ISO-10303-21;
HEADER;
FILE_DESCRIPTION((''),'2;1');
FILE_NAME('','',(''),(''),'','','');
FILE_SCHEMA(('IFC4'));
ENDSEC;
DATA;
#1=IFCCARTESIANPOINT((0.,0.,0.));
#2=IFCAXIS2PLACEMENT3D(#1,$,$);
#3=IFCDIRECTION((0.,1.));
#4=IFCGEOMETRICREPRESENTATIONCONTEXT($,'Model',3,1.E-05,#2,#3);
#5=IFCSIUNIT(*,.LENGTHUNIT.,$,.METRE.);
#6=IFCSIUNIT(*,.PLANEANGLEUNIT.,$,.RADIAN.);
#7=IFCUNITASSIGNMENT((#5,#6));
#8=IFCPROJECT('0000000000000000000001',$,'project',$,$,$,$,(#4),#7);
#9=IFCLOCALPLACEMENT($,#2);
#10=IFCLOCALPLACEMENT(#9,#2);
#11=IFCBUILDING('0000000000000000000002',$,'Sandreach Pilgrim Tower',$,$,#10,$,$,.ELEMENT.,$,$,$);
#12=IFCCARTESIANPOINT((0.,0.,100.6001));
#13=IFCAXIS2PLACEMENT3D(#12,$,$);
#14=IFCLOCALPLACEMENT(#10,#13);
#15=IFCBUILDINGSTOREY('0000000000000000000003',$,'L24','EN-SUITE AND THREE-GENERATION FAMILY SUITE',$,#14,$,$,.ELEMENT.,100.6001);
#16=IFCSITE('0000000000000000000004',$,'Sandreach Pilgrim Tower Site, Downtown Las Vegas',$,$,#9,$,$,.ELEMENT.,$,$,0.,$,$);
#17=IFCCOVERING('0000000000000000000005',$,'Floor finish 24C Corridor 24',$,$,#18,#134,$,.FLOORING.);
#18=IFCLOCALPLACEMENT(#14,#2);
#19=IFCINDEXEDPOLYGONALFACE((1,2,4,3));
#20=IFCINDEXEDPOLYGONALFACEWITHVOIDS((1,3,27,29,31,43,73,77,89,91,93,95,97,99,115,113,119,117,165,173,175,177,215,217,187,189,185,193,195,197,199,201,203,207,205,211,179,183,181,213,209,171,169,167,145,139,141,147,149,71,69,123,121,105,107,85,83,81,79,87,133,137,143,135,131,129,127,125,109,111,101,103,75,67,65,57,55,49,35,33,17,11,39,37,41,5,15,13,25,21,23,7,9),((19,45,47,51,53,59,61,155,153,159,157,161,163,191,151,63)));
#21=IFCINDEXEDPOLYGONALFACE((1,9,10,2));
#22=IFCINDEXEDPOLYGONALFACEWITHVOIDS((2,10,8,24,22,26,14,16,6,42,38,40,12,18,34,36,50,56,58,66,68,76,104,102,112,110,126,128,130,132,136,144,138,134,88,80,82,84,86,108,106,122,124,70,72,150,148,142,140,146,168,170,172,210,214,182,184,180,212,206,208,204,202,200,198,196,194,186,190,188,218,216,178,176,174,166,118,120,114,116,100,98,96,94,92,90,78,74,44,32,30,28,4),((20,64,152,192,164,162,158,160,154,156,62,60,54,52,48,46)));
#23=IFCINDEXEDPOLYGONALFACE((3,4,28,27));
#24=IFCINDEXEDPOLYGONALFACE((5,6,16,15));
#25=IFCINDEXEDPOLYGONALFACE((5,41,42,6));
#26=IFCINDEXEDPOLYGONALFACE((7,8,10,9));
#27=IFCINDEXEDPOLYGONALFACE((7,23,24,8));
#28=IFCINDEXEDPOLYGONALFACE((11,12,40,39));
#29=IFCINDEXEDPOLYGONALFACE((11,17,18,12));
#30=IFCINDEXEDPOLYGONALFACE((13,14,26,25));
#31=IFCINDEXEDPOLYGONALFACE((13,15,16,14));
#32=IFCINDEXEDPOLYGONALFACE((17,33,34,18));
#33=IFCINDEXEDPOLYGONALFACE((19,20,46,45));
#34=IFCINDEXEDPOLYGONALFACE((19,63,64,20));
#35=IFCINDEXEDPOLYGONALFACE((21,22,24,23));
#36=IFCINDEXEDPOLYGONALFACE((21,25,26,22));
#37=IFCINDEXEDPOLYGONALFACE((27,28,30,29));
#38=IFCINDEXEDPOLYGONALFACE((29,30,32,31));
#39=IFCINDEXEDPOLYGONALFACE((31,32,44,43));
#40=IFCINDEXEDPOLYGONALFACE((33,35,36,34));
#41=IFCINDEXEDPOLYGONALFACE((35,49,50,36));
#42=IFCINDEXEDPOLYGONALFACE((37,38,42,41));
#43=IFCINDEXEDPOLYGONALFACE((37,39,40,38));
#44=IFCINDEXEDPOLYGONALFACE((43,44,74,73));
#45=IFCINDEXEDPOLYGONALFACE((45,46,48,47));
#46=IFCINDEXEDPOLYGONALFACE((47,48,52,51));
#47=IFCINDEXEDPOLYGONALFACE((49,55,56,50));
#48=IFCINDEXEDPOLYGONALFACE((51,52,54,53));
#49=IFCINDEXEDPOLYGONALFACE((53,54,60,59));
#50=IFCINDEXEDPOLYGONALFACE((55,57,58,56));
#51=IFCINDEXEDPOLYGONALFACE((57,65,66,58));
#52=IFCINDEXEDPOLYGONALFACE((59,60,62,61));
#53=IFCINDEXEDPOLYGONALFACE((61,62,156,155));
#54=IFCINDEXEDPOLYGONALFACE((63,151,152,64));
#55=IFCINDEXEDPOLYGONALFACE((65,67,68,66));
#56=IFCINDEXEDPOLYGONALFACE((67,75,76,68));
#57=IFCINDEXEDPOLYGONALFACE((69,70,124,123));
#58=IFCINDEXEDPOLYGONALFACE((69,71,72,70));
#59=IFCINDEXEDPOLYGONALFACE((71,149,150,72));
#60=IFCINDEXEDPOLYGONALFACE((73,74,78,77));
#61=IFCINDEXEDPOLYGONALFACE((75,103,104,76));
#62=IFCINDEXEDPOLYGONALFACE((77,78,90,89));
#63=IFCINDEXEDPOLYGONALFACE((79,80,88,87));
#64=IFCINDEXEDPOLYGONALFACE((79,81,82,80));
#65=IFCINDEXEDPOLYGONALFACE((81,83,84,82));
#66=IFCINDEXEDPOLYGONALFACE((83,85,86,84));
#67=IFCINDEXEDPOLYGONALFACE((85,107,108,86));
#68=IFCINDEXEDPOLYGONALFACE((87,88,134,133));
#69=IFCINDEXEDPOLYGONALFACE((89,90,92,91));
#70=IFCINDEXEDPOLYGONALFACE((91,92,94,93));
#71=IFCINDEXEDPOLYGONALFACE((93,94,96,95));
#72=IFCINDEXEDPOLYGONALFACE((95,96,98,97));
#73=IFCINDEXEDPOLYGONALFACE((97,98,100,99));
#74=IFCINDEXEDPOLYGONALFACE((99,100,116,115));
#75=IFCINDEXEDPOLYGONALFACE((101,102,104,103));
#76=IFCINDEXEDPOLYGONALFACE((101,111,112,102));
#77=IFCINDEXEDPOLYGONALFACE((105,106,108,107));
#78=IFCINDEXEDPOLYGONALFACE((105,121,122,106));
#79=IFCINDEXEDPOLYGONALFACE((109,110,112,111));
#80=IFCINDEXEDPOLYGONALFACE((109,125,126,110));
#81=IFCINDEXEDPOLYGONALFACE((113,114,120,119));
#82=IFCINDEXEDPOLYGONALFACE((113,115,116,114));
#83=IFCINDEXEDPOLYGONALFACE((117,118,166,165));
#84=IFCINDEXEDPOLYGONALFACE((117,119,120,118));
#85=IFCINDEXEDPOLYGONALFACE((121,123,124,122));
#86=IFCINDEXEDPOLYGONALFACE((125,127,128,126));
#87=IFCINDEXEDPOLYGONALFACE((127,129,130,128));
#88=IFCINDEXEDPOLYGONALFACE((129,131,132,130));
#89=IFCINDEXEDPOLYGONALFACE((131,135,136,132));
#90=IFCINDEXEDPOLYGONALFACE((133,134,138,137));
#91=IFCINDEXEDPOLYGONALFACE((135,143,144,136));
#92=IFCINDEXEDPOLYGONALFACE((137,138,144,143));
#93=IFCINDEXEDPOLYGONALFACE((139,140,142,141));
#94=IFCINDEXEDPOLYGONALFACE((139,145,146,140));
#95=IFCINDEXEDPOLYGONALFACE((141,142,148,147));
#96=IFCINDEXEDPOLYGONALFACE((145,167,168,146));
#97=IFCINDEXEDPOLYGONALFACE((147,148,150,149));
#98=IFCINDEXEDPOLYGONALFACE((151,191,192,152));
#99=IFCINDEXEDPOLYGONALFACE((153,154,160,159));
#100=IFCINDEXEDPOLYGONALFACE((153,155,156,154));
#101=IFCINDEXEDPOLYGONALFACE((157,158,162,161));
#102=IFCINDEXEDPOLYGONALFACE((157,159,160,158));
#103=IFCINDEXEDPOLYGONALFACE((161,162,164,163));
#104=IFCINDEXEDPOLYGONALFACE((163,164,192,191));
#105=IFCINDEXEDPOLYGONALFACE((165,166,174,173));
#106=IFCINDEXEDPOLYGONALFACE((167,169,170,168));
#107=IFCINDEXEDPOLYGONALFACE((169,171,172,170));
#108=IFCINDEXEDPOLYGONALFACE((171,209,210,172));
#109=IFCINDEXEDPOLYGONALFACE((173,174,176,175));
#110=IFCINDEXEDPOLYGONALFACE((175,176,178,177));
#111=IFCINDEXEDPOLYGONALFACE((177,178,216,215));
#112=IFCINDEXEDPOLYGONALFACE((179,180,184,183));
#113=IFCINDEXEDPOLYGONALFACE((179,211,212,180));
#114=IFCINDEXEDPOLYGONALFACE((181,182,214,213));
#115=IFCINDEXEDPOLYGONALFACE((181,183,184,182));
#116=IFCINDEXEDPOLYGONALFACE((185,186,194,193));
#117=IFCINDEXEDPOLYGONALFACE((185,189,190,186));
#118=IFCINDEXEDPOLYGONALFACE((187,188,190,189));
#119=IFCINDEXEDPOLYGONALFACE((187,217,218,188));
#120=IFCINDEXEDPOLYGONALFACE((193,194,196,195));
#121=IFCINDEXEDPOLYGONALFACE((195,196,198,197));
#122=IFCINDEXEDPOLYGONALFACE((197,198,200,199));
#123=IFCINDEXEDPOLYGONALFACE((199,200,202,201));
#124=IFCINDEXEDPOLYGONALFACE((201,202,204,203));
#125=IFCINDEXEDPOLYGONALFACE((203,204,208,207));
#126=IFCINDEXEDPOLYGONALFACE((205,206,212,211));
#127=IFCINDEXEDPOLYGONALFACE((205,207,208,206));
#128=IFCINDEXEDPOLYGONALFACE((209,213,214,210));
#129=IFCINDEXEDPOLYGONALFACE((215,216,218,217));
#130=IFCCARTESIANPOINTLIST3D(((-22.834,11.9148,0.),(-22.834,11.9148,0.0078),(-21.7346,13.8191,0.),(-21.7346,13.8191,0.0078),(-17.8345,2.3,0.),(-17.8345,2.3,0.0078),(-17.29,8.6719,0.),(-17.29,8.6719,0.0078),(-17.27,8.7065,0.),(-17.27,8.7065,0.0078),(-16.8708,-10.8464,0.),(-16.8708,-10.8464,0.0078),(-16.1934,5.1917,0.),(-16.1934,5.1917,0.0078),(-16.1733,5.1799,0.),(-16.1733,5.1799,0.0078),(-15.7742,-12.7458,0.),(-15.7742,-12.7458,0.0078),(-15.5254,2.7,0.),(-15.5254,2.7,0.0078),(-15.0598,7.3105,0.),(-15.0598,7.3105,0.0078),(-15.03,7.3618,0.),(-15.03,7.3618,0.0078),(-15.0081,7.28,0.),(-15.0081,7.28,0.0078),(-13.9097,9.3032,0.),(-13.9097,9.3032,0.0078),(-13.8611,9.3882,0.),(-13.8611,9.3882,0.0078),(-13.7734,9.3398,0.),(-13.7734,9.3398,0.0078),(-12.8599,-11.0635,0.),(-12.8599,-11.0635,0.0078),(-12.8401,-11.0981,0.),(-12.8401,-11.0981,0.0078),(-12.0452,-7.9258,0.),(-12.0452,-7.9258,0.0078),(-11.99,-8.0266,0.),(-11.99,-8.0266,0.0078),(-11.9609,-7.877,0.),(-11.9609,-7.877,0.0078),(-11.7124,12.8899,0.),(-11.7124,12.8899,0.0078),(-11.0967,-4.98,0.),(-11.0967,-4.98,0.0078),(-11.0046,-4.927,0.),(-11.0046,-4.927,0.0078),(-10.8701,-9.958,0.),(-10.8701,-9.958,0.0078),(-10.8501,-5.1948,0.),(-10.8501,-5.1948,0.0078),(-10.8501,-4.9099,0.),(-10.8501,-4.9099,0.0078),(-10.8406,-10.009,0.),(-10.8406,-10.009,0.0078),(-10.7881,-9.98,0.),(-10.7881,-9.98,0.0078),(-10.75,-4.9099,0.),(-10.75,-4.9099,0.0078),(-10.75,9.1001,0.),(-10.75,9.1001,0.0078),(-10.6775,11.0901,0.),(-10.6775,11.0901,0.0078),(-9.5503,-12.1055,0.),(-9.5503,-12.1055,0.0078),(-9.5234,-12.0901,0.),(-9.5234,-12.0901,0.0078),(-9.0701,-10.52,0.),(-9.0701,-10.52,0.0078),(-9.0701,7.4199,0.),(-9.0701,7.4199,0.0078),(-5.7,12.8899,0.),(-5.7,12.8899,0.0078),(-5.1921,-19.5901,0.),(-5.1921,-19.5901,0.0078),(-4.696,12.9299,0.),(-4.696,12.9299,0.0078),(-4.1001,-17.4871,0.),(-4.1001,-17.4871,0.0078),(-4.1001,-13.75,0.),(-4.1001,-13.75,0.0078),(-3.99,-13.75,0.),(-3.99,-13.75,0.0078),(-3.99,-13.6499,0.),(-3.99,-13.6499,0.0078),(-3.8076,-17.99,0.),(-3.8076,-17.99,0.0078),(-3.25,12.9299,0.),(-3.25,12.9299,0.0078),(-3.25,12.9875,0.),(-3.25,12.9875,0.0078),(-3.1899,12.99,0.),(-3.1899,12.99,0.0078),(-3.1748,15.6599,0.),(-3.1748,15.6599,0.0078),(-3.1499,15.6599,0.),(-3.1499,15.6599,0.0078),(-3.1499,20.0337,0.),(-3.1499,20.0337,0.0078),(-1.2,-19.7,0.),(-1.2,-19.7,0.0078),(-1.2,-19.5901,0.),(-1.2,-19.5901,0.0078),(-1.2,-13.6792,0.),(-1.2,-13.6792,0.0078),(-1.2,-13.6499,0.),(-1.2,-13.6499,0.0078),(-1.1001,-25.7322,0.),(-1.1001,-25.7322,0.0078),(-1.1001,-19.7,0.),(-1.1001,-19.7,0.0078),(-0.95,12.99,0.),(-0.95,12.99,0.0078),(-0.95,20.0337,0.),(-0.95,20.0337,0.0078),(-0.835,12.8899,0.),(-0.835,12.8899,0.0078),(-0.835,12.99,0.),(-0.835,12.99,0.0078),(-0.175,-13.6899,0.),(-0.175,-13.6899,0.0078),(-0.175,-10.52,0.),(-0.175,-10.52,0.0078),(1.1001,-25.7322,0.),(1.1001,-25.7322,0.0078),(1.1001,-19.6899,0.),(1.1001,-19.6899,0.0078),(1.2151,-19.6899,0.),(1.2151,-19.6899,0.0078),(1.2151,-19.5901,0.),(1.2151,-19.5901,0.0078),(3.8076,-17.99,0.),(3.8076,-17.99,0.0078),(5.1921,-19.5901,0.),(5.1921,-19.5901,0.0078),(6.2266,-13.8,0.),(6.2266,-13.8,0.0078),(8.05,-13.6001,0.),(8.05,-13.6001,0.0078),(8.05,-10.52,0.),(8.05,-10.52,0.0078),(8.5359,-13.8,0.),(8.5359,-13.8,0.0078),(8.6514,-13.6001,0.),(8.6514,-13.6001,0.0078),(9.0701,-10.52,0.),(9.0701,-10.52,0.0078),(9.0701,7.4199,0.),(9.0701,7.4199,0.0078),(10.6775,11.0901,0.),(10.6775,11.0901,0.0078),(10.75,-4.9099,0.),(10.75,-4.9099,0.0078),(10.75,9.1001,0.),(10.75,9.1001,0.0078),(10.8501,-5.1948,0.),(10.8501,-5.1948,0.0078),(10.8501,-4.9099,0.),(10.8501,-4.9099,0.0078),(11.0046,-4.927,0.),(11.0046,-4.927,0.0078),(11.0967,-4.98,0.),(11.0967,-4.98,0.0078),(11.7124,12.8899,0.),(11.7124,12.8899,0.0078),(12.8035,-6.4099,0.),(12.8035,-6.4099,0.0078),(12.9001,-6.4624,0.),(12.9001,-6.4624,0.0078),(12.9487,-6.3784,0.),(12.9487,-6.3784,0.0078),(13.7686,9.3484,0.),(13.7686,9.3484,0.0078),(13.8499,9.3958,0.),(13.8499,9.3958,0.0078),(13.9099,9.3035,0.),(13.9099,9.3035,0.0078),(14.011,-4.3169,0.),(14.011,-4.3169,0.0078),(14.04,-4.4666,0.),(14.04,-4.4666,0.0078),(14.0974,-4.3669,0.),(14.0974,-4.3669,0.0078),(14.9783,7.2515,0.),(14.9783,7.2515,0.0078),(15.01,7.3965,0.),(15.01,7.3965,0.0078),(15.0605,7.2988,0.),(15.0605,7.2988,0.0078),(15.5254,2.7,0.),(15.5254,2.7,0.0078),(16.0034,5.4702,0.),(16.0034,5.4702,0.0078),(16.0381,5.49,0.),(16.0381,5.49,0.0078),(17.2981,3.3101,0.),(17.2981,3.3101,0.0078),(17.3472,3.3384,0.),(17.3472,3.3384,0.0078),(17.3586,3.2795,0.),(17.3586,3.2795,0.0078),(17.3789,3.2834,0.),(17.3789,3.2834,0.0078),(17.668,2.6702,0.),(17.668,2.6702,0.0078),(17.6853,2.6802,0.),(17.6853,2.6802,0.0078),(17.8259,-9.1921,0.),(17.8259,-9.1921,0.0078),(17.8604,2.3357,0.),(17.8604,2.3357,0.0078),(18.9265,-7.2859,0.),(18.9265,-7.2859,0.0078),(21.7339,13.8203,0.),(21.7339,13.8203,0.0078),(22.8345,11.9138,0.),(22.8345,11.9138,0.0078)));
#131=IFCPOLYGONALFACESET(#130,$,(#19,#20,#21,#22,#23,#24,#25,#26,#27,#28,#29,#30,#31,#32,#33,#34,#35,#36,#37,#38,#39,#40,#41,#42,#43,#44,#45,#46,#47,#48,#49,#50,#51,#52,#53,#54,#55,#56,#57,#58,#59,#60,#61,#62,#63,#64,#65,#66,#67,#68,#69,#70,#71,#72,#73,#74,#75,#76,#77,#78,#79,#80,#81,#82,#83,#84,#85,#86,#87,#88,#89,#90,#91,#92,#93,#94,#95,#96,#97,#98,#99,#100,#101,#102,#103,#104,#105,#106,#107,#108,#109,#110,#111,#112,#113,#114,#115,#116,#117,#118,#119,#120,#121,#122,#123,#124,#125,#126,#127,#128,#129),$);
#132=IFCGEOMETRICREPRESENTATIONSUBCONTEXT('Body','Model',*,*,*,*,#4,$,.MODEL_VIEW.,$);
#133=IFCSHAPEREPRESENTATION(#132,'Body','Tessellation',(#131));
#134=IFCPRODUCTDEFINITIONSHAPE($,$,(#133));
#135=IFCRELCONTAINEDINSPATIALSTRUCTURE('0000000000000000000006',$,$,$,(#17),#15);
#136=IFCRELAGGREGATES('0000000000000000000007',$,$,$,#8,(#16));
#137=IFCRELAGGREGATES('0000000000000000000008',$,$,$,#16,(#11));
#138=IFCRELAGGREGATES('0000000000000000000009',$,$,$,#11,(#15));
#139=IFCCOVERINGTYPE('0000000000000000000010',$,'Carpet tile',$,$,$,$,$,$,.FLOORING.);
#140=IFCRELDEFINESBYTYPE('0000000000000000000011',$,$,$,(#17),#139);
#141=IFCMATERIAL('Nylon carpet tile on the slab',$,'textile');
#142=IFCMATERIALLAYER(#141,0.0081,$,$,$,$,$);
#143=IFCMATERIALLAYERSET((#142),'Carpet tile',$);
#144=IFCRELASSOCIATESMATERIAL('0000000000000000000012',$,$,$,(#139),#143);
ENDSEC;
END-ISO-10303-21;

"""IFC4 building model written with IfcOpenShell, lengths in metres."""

from ifc_helpers import new_model, si_unit, direction, frame, origin, place, context, subcontext, project, spatial, polyline, outline, extrude, material, layer, layer_set, type_object, element, save


model = new_model("IFC4")

# Units and contexts
model_context = context("Model", 3, precision=1e-05, world=origin(), true_north=direction((0.0, 1.0)))
body_context = subcontext(model_context, "Body", "Model", "MODEL_VIEW")
ifc_project = project(units=[si_unit("LENGTHUNIT", "METRE"), si_unit("PLANEANGLEUNIT", "RADIAN")], contexts=[model_context])

# Site, building, storey
site_placement = place(None, origin())
site = spatial("IfcSite", under=ifc_project, at=site_placement, Name="Sandreach Pilgrim Tower Site, Downtown Las Vegas", CompositionType="ELEMENT", RefElevation=0.0)
building_placement = place(site_placement, origin())
building = spatial("IfcBuilding", under=site, at=building_placement, Name="Sandreach Pilgrim Tower", CompositionType="ELEMENT")
storey_placement = place(building_placement, frame((0.0, 0.0, 100.6001)))
storey = spatial("IfcBuildingStorey", under=building, at=storey_placement, Name="L24", Description="EN-SUITE AND THREE-GENERATION FAMILY SUITE", CompositionType="ELEMENT", Elevation=100.6001)

# Covering
ifc_material_1 = material(Name="Nylon carpet tile on the slab", Category="textile")
ifc_layer_1 = layer(ifc_material_1, 0.0081)
ifc_layer_set_1 = layer_set([ifc_layer_1], Name="Carpet tile")
covering_type_1 = type_object("IfcCoveringType", Name="Carpet tile", PredefinedType="FLOORING", material=ifc_layer_set_1)
covering_1_placement = place(storey_placement, origin())
element("IfcCovering", 1, at=covering_1_placement, inside=storey, type_object=covering_type_1, Name="Floor finish 24C Corridor 24", PredefinedType="FLOORING", context=body_context, shape_type="SweptSolid", body=[
    extrude(outline(polyline([(-17.29, 8.6719), (-17.27, 8.7065), (-22.834, 11.9148), (-21.7346, 13.8191), (-13.9097, 9.3032), (-13.8611, 9.3882), (-13.7734, 9.3398), (-11.7124, 12.8899), (-5.7, 12.8899), (-4.696, 12.9299), (-3.25, 12.9299), (-3.25, 12.9875), (-3.1899, 12.99), (-3.1748, 15.6599), (-3.1499, 15.6599), (-3.1499, 20.0337), (-0.95, 20.0337), (-0.95, 12.99), (-0.835, 12.99), (-0.835, 12.8899), (11.7124, 12.8899), (13.7686, 9.3484), (13.8499, 9.3958), (13.9099, 9.3035), (21.7339, 13.8203), (22.8345, 11.9138), (15.01, 7.3965), (15.0605, 7.2988), (14.9783, 7.2515), (16.0034, 5.4702), (16.0381, 5.49), (17.2981, 3.3101), (17.3472, 3.3384), (17.3586, 3.2795), (17.3789, 3.2834), (17.6853, 2.6802), (17.668, 2.6702), (17.8604, 2.3357), (14.011, -4.3169), (14.0974, -4.3669), (14.04, -4.4666), (18.9265, -7.2859), (17.8259, -9.1921), (12.9487, -6.3784), (12.9001, -6.4624), (12.8035, -6.4099), (8.6514, -13.6001), (8.05, -13.6001), (8.05, -10.52), (9.0701, -10.52), (9.0701, 7.4199), (-9.0701, 7.4199), (-9.0701, -10.52), (-0.175, -10.52), (-0.175, -13.6899), (-1.2, -13.6792), (-1.2, -13.6499), (-3.99, -13.6499), (-3.99, -13.75), (-4.1001, -13.75), (-4.1001, -17.4871), (-3.8076, -17.99), (3.8076, -17.99), (6.2266, -13.8), (8.5359, -13.8), (5.1921, -19.5901), (1.2151, -19.5901), (1.2151, -19.6899), (1.1001, -19.6899), (1.1001, -25.7322), (-1.1001, -25.7322), (-1.1001, -19.7), (-1.2, -19.7), (-1.2, -19.5901), (-5.1921, -19.5901), (-9.5234, -12.0901), (-9.5503, -12.1055), (-10.7881, -9.98), (-10.8406, -10.009), (-10.8701, -9.958), (-12.8401, -11.0981), (-12.8599, -11.0635), (-15.7742, -12.7458), (-16.8708, -10.8464), (-11.99, -8.0266), (-12.0452, -7.9258), (-11.9609, -7.877), (-17.8345, 2.3), (-16.1733, 5.1799), (-16.1934, 5.1917), (-15.0081, 7.28), (-15.0598, 7.3105), (-15.03, 7.3618), (-17.29, 8.6719)]), holes=[polyline([(-15.5254, 2.7), (-11.0967, -4.98), (-11.0046, -4.927), (-10.8501, -5.1948), (-10.8501, -4.9099), (-10.75, -4.9099), (-10.75, 9.1001), (10.75, 9.1001), (10.75, -4.9099), (10.8501, -4.9099), (10.8501, -5.1948), (11.0046, -4.927), (11.0967, -4.98), (15.5254, 2.7), (10.6775, 11.0901), (-10.6775, 11.0901), (-15.5254, 2.7)])]), origin(), (0.0, 0.0, 1.0), 0.0078),
])

save(model, "model.ifc")
